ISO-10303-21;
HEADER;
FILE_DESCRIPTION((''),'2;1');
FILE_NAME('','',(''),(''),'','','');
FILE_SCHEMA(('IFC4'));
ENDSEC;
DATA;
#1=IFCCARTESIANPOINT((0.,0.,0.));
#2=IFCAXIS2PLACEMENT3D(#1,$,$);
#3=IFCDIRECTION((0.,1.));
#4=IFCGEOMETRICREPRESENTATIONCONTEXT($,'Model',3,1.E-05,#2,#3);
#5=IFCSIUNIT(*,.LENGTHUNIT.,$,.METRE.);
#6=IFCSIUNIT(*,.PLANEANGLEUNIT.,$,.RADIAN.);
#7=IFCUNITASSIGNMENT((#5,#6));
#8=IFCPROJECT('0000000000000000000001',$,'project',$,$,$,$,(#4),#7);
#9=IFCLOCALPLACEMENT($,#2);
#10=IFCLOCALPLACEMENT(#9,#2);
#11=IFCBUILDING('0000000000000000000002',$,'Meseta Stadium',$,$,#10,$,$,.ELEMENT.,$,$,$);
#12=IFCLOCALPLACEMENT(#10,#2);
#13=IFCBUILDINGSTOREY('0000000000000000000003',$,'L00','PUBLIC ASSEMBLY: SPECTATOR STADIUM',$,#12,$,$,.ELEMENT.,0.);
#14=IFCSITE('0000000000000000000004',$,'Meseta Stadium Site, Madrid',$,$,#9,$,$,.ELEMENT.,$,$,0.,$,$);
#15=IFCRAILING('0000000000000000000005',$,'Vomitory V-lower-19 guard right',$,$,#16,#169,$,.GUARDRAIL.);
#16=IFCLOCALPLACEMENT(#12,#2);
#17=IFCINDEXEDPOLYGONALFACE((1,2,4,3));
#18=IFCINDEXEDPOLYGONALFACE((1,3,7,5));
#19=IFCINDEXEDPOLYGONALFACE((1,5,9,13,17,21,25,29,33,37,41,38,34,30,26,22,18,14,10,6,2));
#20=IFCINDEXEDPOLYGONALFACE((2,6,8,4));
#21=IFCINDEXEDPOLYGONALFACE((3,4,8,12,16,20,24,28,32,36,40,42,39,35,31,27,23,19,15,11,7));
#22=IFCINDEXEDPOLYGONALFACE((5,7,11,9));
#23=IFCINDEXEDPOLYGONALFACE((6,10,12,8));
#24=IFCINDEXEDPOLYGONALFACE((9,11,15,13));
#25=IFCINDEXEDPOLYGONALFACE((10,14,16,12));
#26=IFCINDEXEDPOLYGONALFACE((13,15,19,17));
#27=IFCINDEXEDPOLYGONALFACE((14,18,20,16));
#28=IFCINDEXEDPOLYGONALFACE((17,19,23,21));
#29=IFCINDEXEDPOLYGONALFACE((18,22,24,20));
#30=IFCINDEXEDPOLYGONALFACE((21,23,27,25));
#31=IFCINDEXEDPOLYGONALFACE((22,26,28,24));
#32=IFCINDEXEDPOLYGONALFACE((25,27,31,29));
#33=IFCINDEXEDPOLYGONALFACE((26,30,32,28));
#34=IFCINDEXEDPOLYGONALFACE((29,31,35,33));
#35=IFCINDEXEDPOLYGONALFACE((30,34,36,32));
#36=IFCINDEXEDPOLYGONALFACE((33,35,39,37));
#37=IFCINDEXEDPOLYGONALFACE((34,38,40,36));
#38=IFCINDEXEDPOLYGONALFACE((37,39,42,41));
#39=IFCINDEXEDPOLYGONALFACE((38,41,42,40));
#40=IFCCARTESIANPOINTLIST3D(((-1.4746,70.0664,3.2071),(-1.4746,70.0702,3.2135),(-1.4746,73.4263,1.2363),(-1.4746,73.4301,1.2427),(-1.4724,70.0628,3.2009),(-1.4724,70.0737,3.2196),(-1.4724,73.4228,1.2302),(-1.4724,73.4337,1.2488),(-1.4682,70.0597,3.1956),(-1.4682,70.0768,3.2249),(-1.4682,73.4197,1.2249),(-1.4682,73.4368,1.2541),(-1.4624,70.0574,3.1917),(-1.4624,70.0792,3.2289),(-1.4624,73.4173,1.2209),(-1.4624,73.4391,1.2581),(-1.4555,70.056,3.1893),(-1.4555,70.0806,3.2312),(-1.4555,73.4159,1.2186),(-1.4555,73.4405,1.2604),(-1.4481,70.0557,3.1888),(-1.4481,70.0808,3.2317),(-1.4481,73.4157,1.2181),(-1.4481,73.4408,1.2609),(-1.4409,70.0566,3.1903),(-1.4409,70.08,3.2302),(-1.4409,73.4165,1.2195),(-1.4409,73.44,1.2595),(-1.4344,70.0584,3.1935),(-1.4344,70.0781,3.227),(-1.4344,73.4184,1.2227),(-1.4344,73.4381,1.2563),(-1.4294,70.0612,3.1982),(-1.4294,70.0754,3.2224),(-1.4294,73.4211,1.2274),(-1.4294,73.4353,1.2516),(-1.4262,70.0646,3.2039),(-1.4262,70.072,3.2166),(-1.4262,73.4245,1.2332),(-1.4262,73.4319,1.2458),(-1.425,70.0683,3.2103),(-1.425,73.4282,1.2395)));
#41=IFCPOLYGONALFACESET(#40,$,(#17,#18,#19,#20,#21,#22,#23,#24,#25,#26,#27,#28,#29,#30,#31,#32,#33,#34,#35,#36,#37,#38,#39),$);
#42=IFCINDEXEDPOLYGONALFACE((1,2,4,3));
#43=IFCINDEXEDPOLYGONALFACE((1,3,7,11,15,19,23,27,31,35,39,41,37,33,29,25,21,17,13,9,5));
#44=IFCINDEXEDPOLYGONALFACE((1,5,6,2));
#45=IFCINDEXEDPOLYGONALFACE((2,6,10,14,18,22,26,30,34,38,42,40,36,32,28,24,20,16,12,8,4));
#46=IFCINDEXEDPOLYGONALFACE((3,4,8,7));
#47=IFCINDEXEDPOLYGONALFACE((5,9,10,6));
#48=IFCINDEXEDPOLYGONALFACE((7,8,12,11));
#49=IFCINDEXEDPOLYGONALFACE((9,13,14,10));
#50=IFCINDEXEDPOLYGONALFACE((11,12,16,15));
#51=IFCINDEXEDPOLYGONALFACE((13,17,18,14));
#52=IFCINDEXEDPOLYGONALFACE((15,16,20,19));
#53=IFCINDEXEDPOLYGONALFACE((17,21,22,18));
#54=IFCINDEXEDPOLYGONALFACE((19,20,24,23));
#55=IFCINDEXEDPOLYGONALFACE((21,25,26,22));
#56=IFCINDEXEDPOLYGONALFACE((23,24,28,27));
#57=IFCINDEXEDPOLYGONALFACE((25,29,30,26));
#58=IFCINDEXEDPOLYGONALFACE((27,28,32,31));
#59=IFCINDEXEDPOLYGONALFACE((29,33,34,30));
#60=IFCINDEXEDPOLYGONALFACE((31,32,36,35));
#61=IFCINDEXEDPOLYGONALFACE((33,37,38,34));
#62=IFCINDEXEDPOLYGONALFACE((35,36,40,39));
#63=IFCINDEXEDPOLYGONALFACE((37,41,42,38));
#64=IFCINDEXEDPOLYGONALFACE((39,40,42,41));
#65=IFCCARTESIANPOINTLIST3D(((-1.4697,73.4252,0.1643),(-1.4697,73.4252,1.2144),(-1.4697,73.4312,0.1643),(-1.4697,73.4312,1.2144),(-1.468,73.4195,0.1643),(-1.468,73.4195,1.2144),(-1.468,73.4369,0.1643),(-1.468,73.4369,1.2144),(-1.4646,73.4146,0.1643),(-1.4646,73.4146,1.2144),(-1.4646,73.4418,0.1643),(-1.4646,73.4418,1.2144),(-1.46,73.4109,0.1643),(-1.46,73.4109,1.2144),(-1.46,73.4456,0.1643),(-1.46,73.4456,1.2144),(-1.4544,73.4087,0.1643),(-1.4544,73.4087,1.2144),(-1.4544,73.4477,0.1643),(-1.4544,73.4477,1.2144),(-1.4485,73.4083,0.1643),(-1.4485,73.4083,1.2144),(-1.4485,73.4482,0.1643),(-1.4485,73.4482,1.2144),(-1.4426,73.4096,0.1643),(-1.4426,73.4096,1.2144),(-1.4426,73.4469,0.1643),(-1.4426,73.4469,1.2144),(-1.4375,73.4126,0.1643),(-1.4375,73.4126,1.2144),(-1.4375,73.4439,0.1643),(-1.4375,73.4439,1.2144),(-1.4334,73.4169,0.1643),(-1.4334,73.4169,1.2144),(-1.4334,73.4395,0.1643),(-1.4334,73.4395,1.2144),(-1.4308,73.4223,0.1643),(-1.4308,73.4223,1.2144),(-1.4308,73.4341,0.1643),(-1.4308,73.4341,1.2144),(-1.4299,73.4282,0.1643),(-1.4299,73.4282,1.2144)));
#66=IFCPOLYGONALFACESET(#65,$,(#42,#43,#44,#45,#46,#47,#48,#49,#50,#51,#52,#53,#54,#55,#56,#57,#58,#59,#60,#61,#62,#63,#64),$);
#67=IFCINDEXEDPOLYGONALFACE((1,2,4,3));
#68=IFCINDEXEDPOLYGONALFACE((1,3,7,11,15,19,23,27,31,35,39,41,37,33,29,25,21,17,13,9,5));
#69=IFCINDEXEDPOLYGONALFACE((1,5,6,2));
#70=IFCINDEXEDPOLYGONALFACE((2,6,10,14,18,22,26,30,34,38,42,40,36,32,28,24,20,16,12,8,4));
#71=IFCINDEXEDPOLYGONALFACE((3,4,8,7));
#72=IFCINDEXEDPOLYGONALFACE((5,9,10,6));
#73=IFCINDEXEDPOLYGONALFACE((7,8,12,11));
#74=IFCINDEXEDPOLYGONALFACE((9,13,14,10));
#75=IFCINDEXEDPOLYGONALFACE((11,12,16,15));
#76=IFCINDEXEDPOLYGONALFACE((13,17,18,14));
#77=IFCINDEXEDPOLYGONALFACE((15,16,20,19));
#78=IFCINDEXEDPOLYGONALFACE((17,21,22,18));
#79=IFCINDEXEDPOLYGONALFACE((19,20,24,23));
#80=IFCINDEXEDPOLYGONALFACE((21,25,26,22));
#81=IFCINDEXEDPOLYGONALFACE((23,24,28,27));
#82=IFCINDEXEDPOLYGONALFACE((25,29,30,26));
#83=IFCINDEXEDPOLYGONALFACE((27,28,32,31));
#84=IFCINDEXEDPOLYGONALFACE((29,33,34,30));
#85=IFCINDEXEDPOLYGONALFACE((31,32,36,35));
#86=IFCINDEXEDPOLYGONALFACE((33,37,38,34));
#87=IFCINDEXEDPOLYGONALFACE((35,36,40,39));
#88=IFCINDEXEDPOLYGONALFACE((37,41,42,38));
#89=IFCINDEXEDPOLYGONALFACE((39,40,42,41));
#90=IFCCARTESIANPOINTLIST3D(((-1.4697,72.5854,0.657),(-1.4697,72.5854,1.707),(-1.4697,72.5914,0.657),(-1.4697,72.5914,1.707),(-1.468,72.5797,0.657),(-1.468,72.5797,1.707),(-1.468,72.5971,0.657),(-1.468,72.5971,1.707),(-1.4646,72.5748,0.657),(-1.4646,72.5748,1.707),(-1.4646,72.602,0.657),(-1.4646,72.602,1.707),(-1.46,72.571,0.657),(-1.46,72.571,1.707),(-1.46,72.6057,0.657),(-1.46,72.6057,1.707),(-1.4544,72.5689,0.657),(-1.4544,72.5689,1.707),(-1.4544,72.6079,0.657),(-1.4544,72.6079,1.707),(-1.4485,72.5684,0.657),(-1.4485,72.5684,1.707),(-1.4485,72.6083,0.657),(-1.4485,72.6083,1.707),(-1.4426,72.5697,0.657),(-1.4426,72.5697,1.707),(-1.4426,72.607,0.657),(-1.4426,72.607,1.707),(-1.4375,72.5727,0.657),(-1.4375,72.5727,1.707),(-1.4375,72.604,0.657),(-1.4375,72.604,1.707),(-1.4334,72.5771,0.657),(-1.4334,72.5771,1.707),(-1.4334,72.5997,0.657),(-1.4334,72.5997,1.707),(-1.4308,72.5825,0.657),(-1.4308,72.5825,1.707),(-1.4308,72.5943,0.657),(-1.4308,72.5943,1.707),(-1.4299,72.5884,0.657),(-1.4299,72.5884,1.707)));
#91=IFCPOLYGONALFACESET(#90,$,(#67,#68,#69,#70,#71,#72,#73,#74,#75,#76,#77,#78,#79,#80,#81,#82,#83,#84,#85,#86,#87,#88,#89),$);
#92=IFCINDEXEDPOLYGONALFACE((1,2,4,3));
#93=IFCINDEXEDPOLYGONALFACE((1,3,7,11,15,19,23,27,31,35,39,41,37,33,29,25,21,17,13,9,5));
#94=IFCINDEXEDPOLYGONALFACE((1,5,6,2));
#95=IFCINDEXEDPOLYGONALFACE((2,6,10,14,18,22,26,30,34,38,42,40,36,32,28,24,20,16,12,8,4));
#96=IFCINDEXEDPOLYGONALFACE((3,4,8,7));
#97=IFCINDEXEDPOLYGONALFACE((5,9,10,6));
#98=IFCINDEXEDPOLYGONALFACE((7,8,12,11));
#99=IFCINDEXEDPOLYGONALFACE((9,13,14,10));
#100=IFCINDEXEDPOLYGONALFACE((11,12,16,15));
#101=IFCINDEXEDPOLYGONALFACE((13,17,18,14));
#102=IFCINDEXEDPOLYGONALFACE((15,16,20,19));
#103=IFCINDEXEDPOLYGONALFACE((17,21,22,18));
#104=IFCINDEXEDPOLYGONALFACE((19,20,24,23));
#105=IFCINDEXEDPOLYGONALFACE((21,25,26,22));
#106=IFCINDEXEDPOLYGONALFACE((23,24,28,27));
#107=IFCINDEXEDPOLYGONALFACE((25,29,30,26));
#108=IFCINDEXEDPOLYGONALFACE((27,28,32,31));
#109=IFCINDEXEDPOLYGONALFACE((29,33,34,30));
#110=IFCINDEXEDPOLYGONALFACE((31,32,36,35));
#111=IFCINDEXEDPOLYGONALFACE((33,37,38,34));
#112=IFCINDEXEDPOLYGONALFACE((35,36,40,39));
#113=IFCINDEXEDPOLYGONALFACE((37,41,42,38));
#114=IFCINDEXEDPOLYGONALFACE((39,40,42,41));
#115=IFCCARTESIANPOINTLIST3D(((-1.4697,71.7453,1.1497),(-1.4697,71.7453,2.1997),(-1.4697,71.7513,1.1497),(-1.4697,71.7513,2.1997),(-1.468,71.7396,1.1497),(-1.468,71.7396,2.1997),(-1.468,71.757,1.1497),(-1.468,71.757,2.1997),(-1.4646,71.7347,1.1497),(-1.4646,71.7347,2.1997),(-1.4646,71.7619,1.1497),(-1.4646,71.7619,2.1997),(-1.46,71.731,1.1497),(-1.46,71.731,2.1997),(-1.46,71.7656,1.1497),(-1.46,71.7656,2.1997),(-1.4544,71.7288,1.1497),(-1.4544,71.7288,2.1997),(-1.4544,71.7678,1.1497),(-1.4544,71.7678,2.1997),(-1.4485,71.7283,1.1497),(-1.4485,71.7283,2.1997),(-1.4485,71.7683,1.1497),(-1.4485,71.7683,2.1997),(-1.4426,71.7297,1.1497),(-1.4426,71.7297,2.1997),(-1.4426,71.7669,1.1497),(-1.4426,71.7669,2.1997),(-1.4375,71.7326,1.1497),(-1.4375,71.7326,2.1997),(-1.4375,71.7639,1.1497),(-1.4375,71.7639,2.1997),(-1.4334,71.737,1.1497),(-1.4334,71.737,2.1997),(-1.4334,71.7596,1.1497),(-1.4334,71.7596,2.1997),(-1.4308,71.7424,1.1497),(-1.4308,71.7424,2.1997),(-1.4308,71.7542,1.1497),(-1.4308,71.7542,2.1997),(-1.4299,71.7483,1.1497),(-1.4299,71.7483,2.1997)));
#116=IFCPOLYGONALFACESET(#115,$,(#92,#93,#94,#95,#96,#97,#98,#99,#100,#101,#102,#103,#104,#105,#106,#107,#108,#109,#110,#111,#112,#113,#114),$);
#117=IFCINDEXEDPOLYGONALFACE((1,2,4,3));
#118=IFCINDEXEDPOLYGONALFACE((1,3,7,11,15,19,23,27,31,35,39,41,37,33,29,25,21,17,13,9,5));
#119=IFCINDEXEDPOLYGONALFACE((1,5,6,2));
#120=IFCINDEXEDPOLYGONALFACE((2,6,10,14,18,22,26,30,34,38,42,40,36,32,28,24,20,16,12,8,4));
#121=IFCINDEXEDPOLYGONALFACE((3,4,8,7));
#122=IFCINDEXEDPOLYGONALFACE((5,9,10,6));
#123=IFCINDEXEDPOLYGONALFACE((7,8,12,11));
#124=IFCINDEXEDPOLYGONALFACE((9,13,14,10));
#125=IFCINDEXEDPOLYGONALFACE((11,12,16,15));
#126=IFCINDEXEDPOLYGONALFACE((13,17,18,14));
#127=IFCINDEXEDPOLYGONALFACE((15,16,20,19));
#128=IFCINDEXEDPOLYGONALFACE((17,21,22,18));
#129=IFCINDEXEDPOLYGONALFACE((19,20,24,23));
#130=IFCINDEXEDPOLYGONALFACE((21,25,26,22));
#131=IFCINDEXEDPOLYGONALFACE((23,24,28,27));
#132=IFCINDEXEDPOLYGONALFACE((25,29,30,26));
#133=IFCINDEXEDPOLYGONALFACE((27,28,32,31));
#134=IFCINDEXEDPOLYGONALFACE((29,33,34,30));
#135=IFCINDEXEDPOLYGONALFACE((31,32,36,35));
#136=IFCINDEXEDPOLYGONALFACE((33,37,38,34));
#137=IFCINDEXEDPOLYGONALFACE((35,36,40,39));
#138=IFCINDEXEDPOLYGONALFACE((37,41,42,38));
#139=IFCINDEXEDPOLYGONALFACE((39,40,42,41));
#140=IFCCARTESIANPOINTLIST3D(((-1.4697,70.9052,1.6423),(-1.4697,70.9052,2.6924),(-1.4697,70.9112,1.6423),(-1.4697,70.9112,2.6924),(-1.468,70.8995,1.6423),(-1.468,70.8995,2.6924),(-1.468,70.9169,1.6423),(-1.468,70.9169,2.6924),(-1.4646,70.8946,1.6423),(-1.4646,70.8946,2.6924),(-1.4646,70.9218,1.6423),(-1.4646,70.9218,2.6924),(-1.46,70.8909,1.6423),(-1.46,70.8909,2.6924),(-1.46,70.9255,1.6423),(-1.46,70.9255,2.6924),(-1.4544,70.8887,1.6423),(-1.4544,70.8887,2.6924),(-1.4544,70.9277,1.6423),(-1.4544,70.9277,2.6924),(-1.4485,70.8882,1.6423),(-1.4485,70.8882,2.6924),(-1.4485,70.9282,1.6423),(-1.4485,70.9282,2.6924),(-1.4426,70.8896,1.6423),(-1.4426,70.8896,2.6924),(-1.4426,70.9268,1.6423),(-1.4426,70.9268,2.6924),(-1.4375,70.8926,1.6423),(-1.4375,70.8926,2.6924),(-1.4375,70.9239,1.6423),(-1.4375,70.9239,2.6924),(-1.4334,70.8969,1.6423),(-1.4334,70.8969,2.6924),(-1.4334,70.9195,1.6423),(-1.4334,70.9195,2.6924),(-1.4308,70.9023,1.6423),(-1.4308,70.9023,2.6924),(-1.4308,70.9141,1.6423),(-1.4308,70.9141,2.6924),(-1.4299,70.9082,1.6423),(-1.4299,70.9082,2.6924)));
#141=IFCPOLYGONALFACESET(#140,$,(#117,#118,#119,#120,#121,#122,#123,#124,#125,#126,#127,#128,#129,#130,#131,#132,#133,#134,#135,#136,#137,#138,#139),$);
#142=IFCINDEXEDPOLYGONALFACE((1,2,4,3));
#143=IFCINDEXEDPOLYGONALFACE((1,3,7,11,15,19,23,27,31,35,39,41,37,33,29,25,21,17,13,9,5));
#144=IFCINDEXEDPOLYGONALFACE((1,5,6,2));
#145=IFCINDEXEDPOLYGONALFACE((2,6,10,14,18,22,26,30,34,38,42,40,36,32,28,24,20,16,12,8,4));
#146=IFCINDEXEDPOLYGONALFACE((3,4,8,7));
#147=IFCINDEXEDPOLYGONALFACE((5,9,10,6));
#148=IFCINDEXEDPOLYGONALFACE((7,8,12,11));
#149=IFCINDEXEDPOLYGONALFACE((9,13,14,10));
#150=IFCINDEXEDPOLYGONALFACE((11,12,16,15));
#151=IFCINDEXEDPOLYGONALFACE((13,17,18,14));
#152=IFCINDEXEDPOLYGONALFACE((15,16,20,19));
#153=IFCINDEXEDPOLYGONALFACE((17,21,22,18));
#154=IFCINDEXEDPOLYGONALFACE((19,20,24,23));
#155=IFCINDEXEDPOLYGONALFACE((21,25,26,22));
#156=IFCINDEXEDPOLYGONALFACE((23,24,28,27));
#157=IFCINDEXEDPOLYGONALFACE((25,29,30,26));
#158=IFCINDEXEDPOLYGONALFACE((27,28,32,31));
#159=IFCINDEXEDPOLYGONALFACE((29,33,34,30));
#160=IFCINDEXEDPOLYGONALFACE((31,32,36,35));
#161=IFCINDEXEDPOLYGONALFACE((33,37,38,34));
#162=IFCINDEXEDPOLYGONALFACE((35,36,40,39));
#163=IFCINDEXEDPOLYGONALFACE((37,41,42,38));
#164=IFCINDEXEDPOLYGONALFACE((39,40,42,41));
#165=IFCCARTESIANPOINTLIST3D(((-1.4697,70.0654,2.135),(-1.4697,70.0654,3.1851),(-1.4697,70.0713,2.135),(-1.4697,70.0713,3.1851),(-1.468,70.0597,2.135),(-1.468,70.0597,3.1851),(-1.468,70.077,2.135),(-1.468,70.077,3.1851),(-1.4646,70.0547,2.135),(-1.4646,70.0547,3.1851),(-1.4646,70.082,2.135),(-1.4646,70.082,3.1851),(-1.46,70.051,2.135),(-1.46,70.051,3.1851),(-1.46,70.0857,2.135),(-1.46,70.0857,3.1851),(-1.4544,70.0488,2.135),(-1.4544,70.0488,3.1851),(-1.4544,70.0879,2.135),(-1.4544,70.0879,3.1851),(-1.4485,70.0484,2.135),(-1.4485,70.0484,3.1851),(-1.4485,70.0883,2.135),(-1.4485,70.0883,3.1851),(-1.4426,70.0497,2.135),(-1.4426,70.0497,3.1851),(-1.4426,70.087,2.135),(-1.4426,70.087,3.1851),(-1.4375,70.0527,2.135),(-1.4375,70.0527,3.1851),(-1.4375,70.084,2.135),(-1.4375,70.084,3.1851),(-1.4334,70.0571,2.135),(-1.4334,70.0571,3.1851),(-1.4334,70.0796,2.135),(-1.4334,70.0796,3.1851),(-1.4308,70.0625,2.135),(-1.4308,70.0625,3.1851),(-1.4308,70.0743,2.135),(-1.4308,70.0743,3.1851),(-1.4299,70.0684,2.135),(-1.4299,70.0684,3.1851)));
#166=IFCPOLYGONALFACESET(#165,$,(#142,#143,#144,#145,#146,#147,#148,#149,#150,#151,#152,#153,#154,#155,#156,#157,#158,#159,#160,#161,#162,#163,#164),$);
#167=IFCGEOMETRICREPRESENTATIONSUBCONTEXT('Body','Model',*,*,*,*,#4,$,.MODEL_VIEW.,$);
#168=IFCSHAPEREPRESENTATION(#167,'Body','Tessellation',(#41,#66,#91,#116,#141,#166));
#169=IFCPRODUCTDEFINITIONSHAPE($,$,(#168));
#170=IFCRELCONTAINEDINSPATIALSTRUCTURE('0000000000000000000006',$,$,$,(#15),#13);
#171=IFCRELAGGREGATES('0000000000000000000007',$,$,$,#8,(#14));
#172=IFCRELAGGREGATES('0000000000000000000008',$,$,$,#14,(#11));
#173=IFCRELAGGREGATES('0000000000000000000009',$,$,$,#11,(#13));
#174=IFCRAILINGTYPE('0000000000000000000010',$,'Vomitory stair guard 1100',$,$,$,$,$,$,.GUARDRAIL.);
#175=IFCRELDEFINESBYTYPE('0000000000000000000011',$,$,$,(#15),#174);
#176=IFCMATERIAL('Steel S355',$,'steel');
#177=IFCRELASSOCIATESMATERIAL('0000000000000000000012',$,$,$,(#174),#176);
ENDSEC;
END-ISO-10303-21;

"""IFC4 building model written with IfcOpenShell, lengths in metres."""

from ifc_helpers import new_model, si_unit, direction, frame, origin, origin_2d, place, context, subcontext, project, spatial, circle, extrude, material, type_object, element, save


model = new_model("IFC4")

# Units and contexts
model_context = context("Model", 3, precision=1e-05, world=origin(), true_north=direction((0.0, 1.0)))
body_context = subcontext(model_context, "Body", "Model", "MODEL_VIEW")
ifc_project = project(units=[si_unit("LENGTHUNIT", "METRE"), si_unit("PLANEANGLEUNIT", "RADIAN")], contexts=[model_context])

# Site, building, storey
site_placement = place(None, origin())
site = spatial("IfcSite", under=ifc_project, at=site_placement, Name="Meseta Stadium Site, Madrid", CompositionType="ELEMENT", RefElevation=0.0)
building_placement = place(site_placement, origin())
building = spatial("IfcBuilding", under=site, at=building_placement, Name="Meseta Stadium", CompositionType="ELEMENT")
storey_placement = place(building_placement, origin())
storey = spatial("IfcBuildingStorey", under=building, at=storey_placement, Name="L00", Description="PUBLIC ASSEMBLY: SPECTATOR STADIUM", CompositionType="ELEMENT", Elevation=0.0)

# Railing
ifc_material_1 = material(Name="Steel S355", Category="steel")
railing_type_1 = type_object("IfcRailingType", Name="Vomitory stair guard 1100", PredefinedType="GUARDRAIL", material=ifc_material_1)
railing_1_placement = place(storey_placement, frame((-1.45, 73.4282, 0.1643)))
element("IfcRailing", 1, at=railing_1_placement, inside=storey, type_object=railing_type_1, Name="Vomitory V-lower-19 guard right", PredefinedType="GUARDRAIL", context=body_context, shape_type="SweptSolid", body=[
    extrude(circle(Radius=0.0249, at=origin_2d()), frame((0.0, 0.0, 1.0752), z_axis=(0.0, -0.862572, 0.505935), x_axis=(1.0, 0.0, 0.0)), (0.0, 0.0, 1.0), 3.8953),
    extrude(circle(Radius=0.02, at=origin_2d()), origin(), (0.0, 0.0, 1.0), 1.05),
    extrude(circle(Radius=0.02, at=origin_2d()), frame((0.0, -0.8398, 0.4927)), (0.0, 0.0, 1.0), 1.05),
    extrude(circle(Radius=0.02, at=origin_2d()), frame((0.0, -1.6799, 0.9854)), (0.0, 0.0, 1.0), 1.05),
    extrude(circle(Radius=0.02, at=origin_2d()), frame((0.0, -2.52, 1.478)), (0.0, 0.0, 1.0), 1.05),
    extrude(circle(Radius=0.02, at=origin_2d()), frame((0.0, -3.3599, 1.9707)), (0.0, 0.0, 1.0), 1.05),
])

save(model, "model.ifc")
